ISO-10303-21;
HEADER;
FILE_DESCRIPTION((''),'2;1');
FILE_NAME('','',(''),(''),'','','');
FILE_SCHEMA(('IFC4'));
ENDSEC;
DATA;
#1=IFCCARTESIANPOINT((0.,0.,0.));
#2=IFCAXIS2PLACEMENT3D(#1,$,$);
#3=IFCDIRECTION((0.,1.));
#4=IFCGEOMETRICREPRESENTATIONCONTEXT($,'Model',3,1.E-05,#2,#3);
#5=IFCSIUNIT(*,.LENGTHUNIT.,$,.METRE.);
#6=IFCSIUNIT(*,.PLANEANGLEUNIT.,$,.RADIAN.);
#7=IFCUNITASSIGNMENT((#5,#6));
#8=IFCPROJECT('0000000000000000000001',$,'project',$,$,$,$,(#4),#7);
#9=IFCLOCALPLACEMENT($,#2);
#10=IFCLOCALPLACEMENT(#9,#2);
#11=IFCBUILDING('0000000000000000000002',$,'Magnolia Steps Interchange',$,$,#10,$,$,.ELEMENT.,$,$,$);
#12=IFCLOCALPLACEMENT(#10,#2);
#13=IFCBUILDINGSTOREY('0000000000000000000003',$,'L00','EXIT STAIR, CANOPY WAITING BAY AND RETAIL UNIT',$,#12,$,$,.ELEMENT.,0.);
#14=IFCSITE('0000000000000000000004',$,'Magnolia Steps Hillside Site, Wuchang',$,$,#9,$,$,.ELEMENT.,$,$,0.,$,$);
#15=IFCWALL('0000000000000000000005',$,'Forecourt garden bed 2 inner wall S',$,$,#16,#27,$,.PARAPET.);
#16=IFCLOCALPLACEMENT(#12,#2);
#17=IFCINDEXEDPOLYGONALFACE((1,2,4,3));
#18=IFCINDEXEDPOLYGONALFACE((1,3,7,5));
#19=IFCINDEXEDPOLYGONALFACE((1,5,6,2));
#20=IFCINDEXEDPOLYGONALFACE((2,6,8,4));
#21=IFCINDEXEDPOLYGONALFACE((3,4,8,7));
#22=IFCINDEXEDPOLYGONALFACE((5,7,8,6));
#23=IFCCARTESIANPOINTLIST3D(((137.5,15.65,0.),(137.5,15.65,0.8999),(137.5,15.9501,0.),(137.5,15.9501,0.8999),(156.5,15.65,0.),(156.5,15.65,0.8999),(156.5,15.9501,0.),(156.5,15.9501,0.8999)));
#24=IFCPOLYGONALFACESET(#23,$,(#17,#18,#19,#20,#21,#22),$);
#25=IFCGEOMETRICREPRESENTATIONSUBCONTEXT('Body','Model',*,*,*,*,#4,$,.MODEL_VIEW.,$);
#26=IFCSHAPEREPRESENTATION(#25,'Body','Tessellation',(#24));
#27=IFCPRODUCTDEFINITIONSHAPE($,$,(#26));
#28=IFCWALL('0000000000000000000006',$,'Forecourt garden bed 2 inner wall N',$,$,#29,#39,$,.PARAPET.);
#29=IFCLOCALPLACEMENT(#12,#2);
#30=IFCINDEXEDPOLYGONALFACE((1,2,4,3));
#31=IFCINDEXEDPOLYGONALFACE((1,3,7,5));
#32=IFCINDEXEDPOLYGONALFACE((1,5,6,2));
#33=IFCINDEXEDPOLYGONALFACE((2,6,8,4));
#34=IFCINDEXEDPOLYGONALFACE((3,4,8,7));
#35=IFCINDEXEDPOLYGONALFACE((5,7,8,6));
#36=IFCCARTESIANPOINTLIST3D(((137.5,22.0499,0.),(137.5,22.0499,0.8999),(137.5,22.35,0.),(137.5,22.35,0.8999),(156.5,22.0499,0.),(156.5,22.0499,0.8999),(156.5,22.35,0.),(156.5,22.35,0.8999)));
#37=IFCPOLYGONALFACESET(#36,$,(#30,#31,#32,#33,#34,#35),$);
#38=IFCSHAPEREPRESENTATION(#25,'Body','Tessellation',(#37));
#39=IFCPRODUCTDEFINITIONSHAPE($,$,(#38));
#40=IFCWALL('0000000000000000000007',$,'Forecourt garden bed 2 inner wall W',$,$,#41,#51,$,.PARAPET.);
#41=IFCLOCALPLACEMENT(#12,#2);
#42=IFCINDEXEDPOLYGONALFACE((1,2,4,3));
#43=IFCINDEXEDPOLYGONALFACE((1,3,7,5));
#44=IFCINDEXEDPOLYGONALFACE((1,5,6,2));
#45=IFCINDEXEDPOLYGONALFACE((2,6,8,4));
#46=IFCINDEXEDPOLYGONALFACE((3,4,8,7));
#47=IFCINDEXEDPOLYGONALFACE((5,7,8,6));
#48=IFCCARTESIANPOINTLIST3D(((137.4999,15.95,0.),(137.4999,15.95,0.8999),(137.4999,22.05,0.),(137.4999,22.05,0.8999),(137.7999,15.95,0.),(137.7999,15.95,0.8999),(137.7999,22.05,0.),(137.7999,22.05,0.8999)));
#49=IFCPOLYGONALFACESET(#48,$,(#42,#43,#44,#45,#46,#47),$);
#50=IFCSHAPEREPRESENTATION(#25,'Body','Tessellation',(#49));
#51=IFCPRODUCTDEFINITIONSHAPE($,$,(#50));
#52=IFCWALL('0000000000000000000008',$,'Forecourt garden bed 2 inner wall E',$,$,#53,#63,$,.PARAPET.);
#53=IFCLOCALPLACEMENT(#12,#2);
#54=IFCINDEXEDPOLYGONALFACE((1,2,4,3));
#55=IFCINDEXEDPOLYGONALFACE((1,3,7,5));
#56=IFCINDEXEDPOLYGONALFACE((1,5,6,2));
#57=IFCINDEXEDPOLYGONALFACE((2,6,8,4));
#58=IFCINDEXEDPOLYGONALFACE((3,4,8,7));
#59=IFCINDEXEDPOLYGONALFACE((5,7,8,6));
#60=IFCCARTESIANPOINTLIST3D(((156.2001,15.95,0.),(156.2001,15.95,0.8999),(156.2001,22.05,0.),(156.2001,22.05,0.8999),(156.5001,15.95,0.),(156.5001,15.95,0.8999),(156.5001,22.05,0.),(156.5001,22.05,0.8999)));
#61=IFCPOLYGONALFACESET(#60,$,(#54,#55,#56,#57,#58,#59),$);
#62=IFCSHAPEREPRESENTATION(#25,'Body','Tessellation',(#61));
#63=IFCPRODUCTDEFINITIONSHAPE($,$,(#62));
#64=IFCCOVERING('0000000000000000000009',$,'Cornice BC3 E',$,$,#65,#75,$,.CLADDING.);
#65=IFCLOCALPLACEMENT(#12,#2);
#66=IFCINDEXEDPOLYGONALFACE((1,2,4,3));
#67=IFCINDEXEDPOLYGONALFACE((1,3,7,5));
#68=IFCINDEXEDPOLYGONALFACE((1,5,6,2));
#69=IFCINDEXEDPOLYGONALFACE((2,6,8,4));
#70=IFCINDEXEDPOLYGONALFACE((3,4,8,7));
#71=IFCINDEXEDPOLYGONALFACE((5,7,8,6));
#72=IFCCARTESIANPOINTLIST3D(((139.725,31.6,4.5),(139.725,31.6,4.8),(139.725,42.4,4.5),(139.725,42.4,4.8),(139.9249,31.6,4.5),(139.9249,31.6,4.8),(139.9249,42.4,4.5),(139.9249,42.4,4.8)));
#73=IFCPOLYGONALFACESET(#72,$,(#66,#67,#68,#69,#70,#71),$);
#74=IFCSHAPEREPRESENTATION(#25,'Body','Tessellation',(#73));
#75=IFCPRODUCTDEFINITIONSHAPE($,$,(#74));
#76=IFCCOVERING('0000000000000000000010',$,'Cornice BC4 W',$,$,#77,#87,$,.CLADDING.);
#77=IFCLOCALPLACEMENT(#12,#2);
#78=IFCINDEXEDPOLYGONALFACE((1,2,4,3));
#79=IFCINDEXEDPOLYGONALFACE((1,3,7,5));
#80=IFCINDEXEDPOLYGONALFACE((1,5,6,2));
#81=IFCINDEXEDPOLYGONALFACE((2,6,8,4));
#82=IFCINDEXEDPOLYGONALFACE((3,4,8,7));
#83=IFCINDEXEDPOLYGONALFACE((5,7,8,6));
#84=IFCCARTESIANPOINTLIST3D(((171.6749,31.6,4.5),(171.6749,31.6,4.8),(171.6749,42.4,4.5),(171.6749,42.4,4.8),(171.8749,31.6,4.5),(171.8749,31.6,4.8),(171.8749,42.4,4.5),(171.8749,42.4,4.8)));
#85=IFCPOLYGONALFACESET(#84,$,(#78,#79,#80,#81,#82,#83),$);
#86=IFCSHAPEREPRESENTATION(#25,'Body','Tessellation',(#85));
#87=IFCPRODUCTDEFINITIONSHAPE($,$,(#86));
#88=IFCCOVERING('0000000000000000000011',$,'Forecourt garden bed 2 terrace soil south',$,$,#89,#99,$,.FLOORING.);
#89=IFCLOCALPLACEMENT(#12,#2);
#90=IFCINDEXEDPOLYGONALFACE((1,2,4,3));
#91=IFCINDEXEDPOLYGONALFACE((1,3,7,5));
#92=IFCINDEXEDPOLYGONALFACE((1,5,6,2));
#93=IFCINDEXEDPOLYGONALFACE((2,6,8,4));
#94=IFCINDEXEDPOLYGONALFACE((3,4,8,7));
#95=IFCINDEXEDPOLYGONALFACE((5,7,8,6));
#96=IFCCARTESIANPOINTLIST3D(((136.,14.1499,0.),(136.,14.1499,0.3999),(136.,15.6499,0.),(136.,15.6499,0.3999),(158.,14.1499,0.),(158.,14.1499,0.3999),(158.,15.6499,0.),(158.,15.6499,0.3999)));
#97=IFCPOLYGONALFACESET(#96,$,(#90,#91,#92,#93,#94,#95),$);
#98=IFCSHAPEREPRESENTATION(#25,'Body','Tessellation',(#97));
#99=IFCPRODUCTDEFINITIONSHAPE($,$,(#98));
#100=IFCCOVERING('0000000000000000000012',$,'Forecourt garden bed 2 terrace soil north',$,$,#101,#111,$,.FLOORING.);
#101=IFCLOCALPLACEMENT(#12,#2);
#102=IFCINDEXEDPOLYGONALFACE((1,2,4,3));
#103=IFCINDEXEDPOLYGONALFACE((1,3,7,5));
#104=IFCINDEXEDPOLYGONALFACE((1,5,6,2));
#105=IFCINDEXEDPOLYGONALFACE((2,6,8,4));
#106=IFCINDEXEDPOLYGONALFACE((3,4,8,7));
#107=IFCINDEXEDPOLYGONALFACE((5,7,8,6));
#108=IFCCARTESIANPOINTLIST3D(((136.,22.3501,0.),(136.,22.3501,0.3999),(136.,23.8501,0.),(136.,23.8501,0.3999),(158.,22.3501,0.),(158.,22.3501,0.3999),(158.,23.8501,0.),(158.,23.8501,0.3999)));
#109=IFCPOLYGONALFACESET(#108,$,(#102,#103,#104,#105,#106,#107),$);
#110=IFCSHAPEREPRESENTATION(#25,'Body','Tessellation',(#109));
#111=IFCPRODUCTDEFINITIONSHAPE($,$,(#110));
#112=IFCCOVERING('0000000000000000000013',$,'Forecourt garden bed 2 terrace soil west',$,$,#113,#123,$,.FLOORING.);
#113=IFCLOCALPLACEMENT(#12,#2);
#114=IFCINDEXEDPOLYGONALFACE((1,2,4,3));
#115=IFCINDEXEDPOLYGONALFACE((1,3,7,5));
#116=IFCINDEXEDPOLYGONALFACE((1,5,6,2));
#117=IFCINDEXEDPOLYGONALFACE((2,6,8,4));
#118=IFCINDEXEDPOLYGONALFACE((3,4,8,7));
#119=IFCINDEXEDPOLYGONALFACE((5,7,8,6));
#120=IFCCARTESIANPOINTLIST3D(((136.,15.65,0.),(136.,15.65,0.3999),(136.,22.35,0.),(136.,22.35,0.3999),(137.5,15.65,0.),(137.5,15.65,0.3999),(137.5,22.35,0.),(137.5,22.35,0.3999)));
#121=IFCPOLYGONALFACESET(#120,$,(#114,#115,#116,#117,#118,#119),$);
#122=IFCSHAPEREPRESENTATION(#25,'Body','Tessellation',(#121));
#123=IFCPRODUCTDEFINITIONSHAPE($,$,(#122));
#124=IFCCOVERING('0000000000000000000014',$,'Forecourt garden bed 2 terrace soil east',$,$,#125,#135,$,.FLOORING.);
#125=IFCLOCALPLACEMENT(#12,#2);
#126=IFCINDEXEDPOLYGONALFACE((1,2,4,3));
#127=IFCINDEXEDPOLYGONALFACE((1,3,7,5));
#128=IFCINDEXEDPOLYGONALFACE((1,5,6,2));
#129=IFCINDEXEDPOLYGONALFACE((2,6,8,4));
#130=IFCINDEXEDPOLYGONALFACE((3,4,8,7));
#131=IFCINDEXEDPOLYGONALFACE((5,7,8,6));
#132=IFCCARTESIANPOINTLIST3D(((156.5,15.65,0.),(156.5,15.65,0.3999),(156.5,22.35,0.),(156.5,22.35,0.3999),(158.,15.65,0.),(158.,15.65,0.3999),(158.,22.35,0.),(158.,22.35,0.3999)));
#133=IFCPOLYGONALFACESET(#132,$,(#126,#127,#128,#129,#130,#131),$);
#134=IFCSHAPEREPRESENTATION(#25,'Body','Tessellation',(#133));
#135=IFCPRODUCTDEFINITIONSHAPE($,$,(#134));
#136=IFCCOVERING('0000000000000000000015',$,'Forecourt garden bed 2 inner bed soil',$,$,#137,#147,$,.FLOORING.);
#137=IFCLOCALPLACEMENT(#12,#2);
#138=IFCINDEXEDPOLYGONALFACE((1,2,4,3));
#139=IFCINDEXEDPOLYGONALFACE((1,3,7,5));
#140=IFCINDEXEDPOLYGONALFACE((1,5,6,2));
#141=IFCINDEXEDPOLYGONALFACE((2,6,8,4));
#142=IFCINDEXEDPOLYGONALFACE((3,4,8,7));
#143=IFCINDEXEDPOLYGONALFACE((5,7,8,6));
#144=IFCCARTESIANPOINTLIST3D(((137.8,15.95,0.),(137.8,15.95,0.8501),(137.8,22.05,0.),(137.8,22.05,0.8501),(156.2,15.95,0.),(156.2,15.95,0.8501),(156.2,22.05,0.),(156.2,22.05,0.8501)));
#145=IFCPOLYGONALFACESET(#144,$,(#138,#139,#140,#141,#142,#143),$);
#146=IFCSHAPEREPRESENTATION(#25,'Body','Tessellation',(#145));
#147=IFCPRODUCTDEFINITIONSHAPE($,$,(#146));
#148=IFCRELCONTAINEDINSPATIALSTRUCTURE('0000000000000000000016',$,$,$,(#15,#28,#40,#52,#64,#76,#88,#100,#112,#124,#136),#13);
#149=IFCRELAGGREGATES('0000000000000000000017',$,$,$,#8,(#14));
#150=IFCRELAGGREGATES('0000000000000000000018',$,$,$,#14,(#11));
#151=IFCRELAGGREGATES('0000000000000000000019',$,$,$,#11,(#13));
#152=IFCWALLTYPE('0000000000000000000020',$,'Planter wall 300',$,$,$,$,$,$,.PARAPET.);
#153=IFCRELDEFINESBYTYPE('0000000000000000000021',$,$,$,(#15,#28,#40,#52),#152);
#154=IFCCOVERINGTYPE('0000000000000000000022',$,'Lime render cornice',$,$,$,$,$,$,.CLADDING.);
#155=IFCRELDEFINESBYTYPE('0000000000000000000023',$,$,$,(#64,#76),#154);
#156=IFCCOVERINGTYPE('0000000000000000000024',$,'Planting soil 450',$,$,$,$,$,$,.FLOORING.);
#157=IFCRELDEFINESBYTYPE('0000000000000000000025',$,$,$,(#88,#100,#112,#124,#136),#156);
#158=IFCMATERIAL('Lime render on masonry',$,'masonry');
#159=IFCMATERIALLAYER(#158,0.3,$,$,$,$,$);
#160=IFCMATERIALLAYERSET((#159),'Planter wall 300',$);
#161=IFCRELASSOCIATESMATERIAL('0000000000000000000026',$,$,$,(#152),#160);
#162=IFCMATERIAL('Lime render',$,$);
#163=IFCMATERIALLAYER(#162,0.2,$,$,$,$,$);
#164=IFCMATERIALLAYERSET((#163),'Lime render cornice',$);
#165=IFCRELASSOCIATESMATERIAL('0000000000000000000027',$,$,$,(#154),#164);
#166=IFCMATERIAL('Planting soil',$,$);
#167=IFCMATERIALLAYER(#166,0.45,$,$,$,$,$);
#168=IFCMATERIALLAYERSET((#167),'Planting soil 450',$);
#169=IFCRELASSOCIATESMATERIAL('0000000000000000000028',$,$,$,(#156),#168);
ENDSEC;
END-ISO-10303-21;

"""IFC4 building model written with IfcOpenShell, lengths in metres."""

from ifc_helpers import new_model, si_unit, direction, frame, frame_2d, origin, origin_2d, place, context, subcontext, project, spatial, rectangle, extrude, material, layer, layer_set, type_object, element, save


model = new_model("IFC4")

# Units and contexts
model_context = context("Model", 3, precision=1e-05, world=origin(), true_north=direction((0.0, 1.0)))
body_context = subcontext(model_context, "Body", "Model", "MODEL_VIEW")
ifc_project = project(units=[si_unit("LENGTHUNIT", "METRE"), si_unit("PLANEANGLEUNIT", "RADIAN")], contexts=[model_context])

# Site, building, storey
site_placement = place(None, origin())
site = spatial("IfcSite", under=ifc_project, at=site_placement, Name="Magnolia Steps Hillside Site, Wuchang", CompositionType="ELEMENT", RefElevation=0.0)
building_placement = place(site_placement, origin())
building = spatial("IfcBuilding", under=site, at=building_placement, Name="Magnolia Steps Interchange", CompositionType="ELEMENT")
storey_placement = place(building_placement, origin())
storey = spatial("IfcBuildingStorey", under=building, at=storey_placement, Name="L00", Description="EXIT STAIR, CANOPY WAITING BAY AND RETAIL UNIT", CompositionType="ELEMENT", Elevation=0.0)

# Walls
ifc_material_1 = material(Name="Lime render on masonry", Category="masonry")
ifc_layer_1 = layer(ifc_material_1, 0.3)
ifc_layer_set_1 = layer_set([ifc_layer_1], Name="Planter wall 300")
wall_type_1 = type_object("IfcWallType", Name="Planter wall 300", PredefinedType="PARAPET", material=ifc_layer_set_1)
for number, where, z_axis, x_axis, name in (
    (1, (137.5, 15.8, 0.0), (0.0, 0.0, 1.0), (1.0, 0.0, 0.0), "Forecourt garden bed 2 inner wall S"),
    (2, (156.5, 22.2, 0.0), (0.0, 0.0, 1.0), (-1.0, 0.0, 0.0), "Forecourt garden bed 2 inner wall N"),
):
    element("IfcWall", number, at=place(storey_placement, frame(where, z_axis=z_axis, x_axis=x_axis)), inside=storey, type_object=wall_type_1, Name=name, PredefinedType="PARAPET", context=body_context, shape_type="SweptSolid", body=[
        extrude(rectangle(XDim=19.0, YDim=0.3, at=frame_2d((9.5, 0.0))), origin(), (0.0, 0.0, 1.0), 0.8999),
    ])
for number, where, z_axis, x_axis, name in (
    (3, (137.6499, 22.05, 0.0), (0.0, 0.0, 1.0), (0.0, -1.0, 0.0), "Forecourt garden bed 2 inner wall W"),
    (4, (156.3501, 15.95, 0.0), (0.0, 0.0, 1.0), (0.0, 1.0, 0.0), "Forecourt garden bed 2 inner wall E"),
):
    element("IfcWall", number, at=place(storey_placement, frame(where, z_axis=z_axis, x_axis=x_axis)), inside=storey, type_object=wall_type_1, Name=name, PredefinedType="PARAPET", context=body_context, shape_type="SweptSolid", body=[
        extrude(rectangle(XDim=6.1001, YDim=0.3, at=frame_2d((3.05, 0.0))), origin(), (0.0, 0.0, 1.0), 0.8999),
    ])

# Coverings
ifc_material_2 = material(Name="Lime render")
ifc_layer_2 = layer(ifc_material_2, 0.2)
ifc_layer_set_2 = layer_set([ifc_layer_2], Name="Lime render cornice")
covering_type_1 = type_object("IfcCoveringType", Name="Lime render cornice", PredefinedType="CLADDING", material=ifc_layer_set_2)
for number, where, z_axis, x_axis, name in (
    (5, (139.825, 37.0, 4.5), (0.0, 0.0, 1.0), (1.0, 0.0, 0.0), "Cornice BC3 E"),
    (6, (171.7749, 37.0, 4.5), (0.0, 0.0, 1.0), (1.0, 0.0, 0.0), "Cornice BC4 W"),
):
    element("IfcCovering", number, at=place(storey_placement, frame(where, z_axis=z_axis, x_axis=x_axis)), inside=storey, type_object=covering_type_1, Name=name, PredefinedType="CLADDING", context=body_context, shape_type="SweptSolid", body=[
        extrude(rectangle(XDim=0.2, YDim=10.8, at=origin_2d()), origin(), (0.0, 0.0, 1.0), 0.3),
    ])
ifc_material_3 = material(Name="Planting soil")
ifc_layer_3 = layer(ifc_material_3, 0.45)
ifc_layer_set_3 = layer_set([ifc_layer_3], Name="Planting soil 450")
covering_type_2 = type_object("IfcCoveringType", Name="Planting soil 450", PredefinedType="FLOORING", material=ifc_layer_set_3)
for number, where, z_axis, x_axis, name in (
    (7, (147.0, 14.8999, 0.0), (0.0, 0.0, 1.0), (1.0, 0.0, 0.0), "Forecourt garden bed 2 terrace soil south"),
    (8, (147.0, 23.1001, 0.0), (0.0, 0.0, 1.0), (1.0, 0.0, 0.0), "Forecourt garden bed 2 terrace soil north"),
):
    element("IfcCovering", number, at=place(storey_placement, frame(where, z_axis=z_axis, x_axis=x_axis)), inside=storey, type_object=covering_type_2, Name=name, PredefinedType="FLOORING", context=body_context, shape_type="SweptSolid", body=[
        extrude(rectangle(XDim=22.0, YDim=1.5, at=origin_2d()), origin(), (0.0, 0.0, 1.0), 0.3999),
    ])
for number, where, z_axis, x_axis, name in (
    (9, (136.75, 19.0, 0.0), (0.0, 0.0, 1.0), (1.0, 0.0, 0.0), "Forecourt garden bed 2 terrace soil west"),
    (10, (157.25, 19.0, 0.0), (0.0, 0.0, 1.0), (1.0, 0.0, 0.0), "Forecourt garden bed 2 terrace soil east"),
):
    element("IfcCovering", number, at=place(storey_placement, frame(where, z_axis=z_axis, x_axis=x_axis)), inside=storey, type_object=covering_type_2, Name=name, PredefinedType="FLOORING", context=body_context, shape_type="SweptSolid", body=[
        extrude(rectangle(XDim=1.5, YDim=6.7, at=origin_2d()), origin(), (0.0, 0.0, 1.0), 0.3999),
    ])
covering_placement = place(storey_placement, frame((147.0, 19.0, 0.0), z_axis=(0.0, 0.0, 1.0), x_axis=(1.0, 0.0, 0.0)))
element("IfcCovering", 11, at=covering_placement, inside=storey, type_object=covering_type_2, Name="Forecourt garden bed 2 inner bed soil", PredefinedType="FLOORING", context=body_context, shape_type="SweptSolid", body=[
    extrude(rectangle(XDim=18.3999, YDim=6.1001, at=origin_2d()), origin(), (0.0, 0.0, 1.0), 0.8501),
])

save(model, "model.ifc")
